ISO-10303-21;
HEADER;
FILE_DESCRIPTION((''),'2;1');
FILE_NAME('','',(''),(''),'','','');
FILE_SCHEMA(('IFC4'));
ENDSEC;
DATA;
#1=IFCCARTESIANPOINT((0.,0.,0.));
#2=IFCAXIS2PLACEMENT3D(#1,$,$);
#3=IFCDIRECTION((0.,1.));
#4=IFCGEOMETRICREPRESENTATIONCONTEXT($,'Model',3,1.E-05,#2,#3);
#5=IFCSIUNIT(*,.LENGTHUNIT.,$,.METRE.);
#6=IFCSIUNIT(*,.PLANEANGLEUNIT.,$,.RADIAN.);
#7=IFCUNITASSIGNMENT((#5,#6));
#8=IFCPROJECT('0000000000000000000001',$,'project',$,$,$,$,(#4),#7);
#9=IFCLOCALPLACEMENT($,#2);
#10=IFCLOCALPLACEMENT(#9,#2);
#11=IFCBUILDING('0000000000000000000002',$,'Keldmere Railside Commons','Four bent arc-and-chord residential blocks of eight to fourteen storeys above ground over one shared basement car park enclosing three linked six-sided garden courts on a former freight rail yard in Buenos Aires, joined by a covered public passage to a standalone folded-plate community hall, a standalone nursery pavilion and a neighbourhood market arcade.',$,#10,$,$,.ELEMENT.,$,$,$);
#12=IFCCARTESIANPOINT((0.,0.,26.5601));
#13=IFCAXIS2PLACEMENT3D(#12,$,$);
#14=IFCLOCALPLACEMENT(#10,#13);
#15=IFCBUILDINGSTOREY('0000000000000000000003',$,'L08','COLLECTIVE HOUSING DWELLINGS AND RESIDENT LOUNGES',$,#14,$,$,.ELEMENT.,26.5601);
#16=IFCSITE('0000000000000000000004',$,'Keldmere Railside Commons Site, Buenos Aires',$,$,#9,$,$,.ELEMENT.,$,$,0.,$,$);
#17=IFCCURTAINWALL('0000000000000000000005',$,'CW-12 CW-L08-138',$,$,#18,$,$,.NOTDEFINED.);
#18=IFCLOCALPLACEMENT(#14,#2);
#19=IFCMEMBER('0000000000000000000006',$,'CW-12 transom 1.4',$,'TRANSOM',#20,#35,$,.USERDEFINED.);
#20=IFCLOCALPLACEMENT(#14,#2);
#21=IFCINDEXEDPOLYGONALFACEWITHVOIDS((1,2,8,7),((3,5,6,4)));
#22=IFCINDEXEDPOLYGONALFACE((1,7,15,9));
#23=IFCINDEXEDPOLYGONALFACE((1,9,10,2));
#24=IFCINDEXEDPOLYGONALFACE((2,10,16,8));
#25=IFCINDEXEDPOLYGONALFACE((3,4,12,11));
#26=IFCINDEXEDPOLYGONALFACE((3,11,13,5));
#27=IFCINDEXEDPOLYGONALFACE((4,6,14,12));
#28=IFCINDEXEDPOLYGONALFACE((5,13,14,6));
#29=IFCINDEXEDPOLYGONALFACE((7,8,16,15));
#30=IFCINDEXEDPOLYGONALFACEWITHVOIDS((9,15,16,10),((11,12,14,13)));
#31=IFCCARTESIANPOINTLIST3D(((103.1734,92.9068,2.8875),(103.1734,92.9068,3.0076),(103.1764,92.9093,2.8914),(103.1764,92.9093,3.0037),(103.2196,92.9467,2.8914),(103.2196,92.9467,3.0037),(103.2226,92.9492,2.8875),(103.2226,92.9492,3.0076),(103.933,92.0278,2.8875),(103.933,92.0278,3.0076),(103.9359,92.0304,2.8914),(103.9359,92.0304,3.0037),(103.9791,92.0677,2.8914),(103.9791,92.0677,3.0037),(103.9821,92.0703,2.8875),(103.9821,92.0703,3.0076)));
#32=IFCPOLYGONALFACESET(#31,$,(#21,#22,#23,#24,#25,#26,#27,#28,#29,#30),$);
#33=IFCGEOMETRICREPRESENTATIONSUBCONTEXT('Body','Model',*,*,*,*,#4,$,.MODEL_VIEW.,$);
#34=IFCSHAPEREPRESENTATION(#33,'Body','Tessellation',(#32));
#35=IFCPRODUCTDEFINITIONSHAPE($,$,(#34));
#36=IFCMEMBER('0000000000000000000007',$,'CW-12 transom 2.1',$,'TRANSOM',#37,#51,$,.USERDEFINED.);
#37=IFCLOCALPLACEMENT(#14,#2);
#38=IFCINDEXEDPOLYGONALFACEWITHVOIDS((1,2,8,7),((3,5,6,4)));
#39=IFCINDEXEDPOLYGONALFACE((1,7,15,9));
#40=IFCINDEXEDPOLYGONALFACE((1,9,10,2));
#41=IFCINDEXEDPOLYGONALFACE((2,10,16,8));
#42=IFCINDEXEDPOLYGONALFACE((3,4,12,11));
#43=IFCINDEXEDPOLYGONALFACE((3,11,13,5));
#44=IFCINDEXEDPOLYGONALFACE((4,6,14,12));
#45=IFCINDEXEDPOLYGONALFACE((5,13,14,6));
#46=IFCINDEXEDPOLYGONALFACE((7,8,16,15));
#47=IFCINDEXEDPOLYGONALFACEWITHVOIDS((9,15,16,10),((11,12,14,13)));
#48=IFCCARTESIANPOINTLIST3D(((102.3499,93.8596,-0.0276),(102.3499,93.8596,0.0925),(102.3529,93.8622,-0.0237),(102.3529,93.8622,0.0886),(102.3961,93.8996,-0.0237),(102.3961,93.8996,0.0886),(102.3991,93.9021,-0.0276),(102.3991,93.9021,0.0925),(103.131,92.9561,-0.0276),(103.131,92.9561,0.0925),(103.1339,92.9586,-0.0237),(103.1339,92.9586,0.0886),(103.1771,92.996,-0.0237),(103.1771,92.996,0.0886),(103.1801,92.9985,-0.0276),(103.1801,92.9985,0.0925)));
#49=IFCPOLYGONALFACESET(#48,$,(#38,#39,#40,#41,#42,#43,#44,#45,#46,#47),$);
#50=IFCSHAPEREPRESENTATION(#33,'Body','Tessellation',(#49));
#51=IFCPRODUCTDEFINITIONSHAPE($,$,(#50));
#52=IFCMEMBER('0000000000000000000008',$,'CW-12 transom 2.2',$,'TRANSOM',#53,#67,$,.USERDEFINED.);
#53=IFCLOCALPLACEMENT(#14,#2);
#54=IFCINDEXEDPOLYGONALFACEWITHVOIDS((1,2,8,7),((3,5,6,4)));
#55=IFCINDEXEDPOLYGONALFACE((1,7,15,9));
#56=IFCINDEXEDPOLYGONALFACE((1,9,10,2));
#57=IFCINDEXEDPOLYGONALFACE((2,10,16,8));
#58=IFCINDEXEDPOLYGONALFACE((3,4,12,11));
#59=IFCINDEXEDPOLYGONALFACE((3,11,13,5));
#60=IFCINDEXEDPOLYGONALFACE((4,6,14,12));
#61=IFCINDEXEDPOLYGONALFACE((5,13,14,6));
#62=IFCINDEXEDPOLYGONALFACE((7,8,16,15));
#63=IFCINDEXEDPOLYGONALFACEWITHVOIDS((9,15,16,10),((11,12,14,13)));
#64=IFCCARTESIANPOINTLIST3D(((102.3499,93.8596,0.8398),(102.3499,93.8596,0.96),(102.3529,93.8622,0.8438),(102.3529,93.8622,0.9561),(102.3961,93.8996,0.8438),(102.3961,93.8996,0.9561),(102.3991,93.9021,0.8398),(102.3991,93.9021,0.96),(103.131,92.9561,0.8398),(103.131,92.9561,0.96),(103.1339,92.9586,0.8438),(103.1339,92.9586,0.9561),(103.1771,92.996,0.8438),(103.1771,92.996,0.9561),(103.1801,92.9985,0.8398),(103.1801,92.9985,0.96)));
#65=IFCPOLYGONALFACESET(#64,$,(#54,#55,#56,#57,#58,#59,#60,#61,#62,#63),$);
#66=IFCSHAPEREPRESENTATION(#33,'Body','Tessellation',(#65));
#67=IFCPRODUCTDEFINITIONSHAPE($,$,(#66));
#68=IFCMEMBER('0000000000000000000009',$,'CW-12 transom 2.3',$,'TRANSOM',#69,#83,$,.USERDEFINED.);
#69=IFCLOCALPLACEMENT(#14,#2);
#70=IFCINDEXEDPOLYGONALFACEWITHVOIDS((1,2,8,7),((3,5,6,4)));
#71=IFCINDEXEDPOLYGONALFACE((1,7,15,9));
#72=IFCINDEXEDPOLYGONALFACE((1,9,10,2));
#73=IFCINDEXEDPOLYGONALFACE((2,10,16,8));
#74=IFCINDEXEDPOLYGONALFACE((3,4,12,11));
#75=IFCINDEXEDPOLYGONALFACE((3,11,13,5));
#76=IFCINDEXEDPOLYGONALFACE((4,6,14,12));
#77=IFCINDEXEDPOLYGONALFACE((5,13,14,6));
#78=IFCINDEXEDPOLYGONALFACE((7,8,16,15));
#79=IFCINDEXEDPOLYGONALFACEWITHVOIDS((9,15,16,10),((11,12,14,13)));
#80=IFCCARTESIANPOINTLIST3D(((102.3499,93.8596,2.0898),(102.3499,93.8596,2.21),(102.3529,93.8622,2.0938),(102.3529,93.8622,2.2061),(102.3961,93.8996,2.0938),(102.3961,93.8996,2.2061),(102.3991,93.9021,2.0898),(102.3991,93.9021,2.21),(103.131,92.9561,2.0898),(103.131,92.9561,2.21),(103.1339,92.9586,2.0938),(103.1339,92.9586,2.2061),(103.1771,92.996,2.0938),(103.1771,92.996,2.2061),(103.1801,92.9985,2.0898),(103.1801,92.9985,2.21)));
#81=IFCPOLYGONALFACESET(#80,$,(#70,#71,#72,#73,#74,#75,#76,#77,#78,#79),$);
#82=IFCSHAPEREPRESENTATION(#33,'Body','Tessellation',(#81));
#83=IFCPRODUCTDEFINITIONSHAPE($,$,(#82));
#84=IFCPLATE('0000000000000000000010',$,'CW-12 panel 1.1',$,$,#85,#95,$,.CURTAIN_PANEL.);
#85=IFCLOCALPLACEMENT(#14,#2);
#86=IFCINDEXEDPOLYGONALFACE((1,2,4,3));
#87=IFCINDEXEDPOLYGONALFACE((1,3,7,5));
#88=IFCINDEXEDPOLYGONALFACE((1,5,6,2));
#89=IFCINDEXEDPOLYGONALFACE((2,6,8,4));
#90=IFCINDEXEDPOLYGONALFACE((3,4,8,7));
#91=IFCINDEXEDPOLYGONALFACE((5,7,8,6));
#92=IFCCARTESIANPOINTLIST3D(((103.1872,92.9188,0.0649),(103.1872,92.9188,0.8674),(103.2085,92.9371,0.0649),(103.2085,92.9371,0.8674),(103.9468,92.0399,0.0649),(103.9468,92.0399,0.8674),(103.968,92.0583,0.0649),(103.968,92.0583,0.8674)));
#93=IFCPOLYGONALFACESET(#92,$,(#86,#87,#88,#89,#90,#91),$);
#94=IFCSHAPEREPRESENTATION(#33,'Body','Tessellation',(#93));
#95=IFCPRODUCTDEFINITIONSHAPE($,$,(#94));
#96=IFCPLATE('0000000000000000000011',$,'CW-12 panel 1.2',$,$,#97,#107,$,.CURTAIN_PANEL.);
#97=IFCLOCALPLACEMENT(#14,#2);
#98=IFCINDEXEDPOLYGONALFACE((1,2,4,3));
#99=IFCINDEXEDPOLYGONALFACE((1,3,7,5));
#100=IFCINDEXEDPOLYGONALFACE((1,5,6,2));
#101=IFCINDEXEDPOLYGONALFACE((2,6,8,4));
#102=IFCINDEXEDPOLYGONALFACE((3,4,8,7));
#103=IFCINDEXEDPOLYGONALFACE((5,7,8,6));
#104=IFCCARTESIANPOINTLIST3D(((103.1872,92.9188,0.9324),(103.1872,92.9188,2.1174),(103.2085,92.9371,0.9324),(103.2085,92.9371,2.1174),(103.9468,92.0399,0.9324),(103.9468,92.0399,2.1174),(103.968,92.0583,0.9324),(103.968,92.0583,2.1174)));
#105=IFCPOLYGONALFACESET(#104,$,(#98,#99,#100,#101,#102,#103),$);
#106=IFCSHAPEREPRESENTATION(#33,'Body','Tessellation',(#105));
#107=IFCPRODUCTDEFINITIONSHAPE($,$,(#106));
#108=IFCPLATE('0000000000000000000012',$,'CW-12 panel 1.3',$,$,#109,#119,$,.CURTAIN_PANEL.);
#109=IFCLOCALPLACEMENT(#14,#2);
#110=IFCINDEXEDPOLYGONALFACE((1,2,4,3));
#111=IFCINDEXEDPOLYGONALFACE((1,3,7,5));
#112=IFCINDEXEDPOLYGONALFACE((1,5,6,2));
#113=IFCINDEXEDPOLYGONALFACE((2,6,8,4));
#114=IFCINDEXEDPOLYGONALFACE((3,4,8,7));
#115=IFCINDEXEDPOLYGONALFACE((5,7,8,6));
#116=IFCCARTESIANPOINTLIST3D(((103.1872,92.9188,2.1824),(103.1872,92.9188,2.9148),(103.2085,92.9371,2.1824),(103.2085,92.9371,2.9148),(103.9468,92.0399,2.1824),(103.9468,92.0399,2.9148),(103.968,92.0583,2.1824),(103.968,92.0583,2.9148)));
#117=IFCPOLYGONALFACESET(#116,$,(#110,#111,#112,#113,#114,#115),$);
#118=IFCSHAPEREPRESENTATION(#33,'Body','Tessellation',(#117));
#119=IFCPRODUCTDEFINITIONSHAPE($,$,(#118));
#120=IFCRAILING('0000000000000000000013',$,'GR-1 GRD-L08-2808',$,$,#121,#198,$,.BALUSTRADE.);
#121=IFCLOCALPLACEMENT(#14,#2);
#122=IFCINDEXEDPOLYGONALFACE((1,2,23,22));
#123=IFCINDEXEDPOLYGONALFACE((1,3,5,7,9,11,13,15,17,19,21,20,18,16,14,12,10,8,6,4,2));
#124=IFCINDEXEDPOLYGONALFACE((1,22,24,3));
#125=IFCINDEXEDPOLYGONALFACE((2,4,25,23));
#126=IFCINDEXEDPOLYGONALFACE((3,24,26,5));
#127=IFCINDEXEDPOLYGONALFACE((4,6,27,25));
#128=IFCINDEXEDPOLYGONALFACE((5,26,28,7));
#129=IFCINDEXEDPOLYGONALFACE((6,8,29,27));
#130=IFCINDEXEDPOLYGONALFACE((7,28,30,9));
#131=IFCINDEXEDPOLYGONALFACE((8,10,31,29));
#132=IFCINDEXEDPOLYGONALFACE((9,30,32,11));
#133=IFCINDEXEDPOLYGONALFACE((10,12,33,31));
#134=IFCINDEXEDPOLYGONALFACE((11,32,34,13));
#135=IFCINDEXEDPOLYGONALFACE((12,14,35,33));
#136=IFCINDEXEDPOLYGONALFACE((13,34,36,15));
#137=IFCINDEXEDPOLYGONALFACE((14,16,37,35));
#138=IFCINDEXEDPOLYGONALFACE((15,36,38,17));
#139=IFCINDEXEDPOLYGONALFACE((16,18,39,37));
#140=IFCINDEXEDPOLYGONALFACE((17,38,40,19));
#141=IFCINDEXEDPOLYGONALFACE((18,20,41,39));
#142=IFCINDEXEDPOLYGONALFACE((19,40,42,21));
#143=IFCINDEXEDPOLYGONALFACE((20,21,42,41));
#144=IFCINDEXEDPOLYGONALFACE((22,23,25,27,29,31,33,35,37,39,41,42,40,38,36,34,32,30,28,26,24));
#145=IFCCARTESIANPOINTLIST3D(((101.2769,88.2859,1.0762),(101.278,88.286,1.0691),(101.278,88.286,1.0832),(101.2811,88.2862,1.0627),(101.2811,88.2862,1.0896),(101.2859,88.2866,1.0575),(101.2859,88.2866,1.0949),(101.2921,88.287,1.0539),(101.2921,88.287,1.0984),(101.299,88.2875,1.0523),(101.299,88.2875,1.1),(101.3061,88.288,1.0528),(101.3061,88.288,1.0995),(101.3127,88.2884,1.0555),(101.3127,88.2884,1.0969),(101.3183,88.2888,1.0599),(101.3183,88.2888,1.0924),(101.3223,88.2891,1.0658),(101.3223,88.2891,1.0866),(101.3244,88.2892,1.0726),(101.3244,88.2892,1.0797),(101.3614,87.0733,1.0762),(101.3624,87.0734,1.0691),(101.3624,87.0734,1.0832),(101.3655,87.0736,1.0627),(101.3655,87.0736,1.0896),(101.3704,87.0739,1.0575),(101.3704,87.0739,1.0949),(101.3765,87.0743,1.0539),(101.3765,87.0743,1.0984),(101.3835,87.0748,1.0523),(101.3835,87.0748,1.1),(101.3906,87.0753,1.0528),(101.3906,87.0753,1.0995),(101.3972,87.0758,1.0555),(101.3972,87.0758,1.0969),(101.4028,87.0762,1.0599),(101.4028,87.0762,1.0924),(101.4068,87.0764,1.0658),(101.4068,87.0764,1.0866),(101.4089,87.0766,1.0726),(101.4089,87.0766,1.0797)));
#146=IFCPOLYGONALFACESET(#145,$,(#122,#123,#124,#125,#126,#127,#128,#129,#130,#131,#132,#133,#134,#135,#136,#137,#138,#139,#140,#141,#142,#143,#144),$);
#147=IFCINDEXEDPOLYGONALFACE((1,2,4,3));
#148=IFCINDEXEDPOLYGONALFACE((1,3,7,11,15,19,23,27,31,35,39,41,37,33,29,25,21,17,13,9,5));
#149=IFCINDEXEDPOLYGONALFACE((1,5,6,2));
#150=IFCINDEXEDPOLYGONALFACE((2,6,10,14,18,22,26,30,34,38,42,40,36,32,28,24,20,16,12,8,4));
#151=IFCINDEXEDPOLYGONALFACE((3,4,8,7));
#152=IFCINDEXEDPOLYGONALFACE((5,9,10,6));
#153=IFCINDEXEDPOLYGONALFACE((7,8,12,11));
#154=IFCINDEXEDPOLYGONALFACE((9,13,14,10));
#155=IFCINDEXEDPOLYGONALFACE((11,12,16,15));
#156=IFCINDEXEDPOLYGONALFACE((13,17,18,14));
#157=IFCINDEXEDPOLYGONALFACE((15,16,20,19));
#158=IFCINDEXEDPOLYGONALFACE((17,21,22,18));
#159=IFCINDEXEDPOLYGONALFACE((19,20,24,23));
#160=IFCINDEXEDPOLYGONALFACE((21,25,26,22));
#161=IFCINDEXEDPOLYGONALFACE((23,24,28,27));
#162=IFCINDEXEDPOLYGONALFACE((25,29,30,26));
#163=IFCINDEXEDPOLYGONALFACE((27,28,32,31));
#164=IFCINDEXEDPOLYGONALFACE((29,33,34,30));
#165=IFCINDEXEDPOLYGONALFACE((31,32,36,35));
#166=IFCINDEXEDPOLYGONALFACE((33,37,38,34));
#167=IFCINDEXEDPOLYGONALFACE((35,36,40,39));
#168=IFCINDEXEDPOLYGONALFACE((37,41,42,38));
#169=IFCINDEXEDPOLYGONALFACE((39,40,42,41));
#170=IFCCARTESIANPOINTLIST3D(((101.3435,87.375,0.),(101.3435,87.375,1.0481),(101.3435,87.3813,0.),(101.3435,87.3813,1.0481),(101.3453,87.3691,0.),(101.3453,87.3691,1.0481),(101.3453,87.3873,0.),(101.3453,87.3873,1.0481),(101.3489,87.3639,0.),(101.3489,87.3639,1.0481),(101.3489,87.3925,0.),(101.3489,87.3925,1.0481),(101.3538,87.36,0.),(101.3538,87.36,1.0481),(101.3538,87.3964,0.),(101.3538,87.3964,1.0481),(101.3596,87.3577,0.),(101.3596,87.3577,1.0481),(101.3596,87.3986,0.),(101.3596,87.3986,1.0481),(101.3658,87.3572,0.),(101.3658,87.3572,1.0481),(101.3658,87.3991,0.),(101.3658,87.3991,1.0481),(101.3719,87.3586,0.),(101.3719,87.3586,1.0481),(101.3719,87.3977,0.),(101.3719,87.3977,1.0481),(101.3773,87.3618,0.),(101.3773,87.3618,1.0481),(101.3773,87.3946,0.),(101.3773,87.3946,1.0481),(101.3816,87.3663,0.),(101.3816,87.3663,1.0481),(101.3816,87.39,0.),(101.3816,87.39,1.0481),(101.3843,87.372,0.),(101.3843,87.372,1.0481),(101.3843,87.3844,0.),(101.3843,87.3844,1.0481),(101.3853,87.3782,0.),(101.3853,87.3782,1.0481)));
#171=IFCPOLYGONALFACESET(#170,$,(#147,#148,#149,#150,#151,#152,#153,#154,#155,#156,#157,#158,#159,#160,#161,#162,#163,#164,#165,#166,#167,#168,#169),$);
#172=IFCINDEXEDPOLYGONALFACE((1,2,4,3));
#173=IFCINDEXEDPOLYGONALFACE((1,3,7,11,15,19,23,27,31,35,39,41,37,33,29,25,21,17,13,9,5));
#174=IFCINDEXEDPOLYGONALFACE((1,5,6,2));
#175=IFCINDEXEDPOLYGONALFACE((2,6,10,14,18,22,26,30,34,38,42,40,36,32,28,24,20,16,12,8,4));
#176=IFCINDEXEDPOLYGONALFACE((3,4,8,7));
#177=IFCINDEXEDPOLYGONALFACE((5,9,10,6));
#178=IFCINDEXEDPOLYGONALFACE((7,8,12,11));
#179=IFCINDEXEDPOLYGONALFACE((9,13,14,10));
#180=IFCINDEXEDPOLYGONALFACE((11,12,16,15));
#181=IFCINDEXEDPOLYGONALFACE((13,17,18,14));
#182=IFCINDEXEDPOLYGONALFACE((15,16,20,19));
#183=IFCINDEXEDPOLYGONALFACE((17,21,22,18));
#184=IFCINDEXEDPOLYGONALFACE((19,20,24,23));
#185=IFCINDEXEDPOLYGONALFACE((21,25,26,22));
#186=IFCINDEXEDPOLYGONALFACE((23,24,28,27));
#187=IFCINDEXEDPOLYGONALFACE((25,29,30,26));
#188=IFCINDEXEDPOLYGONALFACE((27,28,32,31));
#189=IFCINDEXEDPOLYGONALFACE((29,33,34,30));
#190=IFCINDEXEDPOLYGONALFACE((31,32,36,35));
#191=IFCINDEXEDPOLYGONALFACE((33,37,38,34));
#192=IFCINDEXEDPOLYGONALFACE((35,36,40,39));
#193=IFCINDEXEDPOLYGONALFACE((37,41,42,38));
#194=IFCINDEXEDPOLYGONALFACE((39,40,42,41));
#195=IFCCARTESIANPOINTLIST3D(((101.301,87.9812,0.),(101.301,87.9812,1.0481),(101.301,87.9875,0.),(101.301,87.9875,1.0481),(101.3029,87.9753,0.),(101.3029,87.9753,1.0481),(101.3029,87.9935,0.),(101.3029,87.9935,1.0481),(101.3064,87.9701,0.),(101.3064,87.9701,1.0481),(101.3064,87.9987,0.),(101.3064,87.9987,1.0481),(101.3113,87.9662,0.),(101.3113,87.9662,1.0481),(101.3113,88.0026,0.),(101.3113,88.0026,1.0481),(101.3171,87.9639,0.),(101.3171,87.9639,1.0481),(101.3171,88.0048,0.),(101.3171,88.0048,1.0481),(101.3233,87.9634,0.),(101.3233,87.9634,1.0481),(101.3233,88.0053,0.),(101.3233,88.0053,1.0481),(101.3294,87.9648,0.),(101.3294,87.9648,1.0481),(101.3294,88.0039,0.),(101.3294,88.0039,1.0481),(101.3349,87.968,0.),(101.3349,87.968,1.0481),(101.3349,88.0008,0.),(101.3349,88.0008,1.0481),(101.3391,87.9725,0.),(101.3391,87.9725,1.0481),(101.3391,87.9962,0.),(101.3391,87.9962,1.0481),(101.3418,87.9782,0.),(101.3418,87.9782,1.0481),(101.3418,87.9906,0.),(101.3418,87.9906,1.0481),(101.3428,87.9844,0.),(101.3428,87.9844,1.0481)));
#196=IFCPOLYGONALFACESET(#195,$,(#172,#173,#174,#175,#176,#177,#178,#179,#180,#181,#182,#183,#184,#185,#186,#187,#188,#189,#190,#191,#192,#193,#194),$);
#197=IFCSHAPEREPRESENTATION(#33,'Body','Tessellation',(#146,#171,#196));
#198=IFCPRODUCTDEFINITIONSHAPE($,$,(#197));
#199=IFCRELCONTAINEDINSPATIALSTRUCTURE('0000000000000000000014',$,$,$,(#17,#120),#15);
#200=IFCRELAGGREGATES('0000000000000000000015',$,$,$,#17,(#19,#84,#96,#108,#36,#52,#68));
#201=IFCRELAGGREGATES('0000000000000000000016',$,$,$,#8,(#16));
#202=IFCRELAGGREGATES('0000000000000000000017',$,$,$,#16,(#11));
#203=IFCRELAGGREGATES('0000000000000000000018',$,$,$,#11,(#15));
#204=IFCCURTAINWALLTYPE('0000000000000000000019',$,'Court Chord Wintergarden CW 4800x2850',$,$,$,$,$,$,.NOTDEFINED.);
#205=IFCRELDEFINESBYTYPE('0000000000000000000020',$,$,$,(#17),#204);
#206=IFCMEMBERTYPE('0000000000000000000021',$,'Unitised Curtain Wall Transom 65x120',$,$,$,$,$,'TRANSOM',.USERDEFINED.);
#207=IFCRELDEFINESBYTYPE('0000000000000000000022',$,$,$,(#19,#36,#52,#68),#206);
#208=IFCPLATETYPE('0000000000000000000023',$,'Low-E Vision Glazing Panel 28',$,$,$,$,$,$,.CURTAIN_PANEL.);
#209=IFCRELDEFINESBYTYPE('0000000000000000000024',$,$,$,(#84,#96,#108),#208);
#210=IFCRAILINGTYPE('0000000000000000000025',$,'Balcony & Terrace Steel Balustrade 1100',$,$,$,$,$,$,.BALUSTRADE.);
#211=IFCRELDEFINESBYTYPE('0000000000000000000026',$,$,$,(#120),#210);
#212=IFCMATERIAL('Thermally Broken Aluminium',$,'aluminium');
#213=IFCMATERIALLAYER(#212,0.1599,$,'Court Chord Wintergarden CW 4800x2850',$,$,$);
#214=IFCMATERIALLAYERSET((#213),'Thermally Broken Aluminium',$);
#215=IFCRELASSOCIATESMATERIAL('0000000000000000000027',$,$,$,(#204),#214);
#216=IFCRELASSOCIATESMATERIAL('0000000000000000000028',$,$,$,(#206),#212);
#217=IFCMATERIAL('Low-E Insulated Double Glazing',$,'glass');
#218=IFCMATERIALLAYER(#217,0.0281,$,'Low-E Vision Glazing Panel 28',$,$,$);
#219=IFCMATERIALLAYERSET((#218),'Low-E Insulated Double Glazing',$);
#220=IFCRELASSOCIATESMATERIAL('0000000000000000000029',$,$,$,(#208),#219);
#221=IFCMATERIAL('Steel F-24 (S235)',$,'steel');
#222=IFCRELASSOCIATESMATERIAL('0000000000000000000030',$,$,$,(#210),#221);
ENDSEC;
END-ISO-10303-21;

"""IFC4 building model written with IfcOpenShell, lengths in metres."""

from ifc_helpers import new_model, si_unit, direction, frame, origin, origin_2d, place, context, subcontext, project, spatial, rectangle, hollow_rectangle, circle, extrude, material, layer, layer_set, material_profile, profile_set, type_object, element, aggregate, save


model = new_model("IFC4")

# Units and contexts
model_context = context("Model", 3, precision=1e-05, world=origin(), true_north=direction((0.0, 1.0)))
body_context = subcontext(model_context, "Body", "Model", "MODEL_VIEW")
ifc_project = project(units=[si_unit("LENGTHUNIT", "METRE"), si_unit("PLANEANGLEUNIT", "RADIAN")], contexts=[model_context])

# Site, building, storey
site_placement = place(None, origin())
site = spatial("IfcSite", under=ifc_project, at=site_placement, Name="Keldmere Railside Commons Site, Buenos Aires", CompositionType="ELEMENT", RefElevation=0.0)
building_placement = place(site_placement, origin())
building = spatial("IfcBuilding", under=site, at=building_placement, Name="Keldmere Railside Commons", Description="Four bent arc-and-chord residential blocks of eight to fourteen storeys above ground over one shared basement car park enclosing three linked six-sided garden courts on a former freight rail yard in Buenos Aires, joined by a covered public passage to a standalone folded-plate community hall, a standalone nursery pavilion and a neighbourhood market arcade.", CompositionType="ELEMENT")
storey_placement = place(building_placement, frame((0.0, 0.0, 26.5601)))
storey = spatial("IfcBuildingStorey", under=building, at=storey_placement, Name="L08", Description="COLLECTIVE HOUSING DWELLINGS AND RESIDENT LOUNGES", CompositionType="ELEMENT", Elevation=26.5601)

# Curtain wall, members, plates
ifc_material_1 = material(Name="Thermally Broken Aluminium", Category="aluminium")
ifc_layer_1 = layer(ifc_material_1, 0.1599, Name="Court Chord Wintergarden CW 4800x2850")
ifc_layer_set_1 = layer_set([ifc_layer_1], Name="Thermally Broken Aluminium")
curtain_wall_type = type_object("IfcCurtainWallType", Name="Court Chord Wintergarden CW 4800x2850", PredefinedType="NOTDEFINED", material=ifc_layer_set_1)
curtain_wall_placement = place(storey_placement, origin())
curtain_wall = element("IfcCurtainWall", 1, at=curtain_wall_placement, inside=storey, type_object=curtain_wall_type, Name="CW-12 CW-L08-138", PredefinedType="NOTDEFINED")
ifc_material_profile_1 = material_profile(ifc_material_1, hollow_rectangle(XDim=0.0649, YDim=0.1201, WallThickness=0.0039, at=origin_2d()), Name="ALU-TRAN-65x120")
ifc_profile_set_1 = profile_set([ifc_material_profile_1], Name="Thermally Broken Aluminium")
member_type_1 = type_object("IfcMemberType", Name="Unitised Curtain Wall Transom 65x120", ElementType="TRANSOM", PredefinedType="USERDEFINED", material=ifc_profile_set_1)
member_1_placement = place(storey_placement, frame((103.9575, 92.0491, 2.9475), z_axis=(-0.65385, 0.756624, 0.0), x_axis=(-0.756624, -0.65385, 0.0)))
member_1 = element("IfcMember", 2, at=member_1_placement, type_object=member_type_1, Name="CW-12 transom 1.4", ObjectType="TRANSOM", PredefinedType="USERDEFINED", context=body_context, shape_type="SweptSolid", body=[
    extrude(hollow_rectangle(XDim=0.0649, YDim=0.1201, WallThickness=0.0039, at=origin_2d()), origin(), (0.0, 0.0, 1.0), 1.1616),
])
member_2_placement = place(storey_placement, frame((103.1555, 92.9773, 0.0325), z_axis=(-0.653934, 0.756552, 0.0), x_axis=(-0.756552, -0.653934, 0.0)))
member_2 = element("IfcMember", 3, at=member_2_placement, type_object=member_type_1, Name="CW-12 transom 2.1", ObjectType="TRANSOM", PredefinedType="USERDEFINED", context=body_context, shape_type="SweptSolid", body=[
    extrude(hollow_rectangle(XDim=0.0649, YDim=0.1201, WallThickness=0.0039, at=origin_2d()), origin(), (0.0, 0.0, 1.0), 1.1943),
])
member_3_placement = place(storey_placement, frame((103.1555, 92.9773, 0.8999), z_axis=(-0.653934, 0.756552, 0.0), x_axis=(-0.756552, -0.653934, 0.0)))
member_3 = element("IfcMember", 4, at=member_3_placement, type_object=member_type_1, Name="CW-12 transom 2.2", ObjectType="TRANSOM", PredefinedType="USERDEFINED", context=body_context, shape_type="SweptSolid", body=[
    extrude(hollow_rectangle(XDim=0.0649, YDim=0.1201, WallThickness=0.0039, at=origin_2d()), origin(), (0.0, 0.0, 1.0), 1.1943),
])
member_4_placement = place(storey_placement, frame((103.1555, 92.9773, 2.1499), z_axis=(-0.653934, 0.756552, 0.0), x_axis=(-0.756552, -0.653934, 0.0)))
member_4 = element("IfcMember", 5, at=member_4_placement, type_object=member_type_1, Name="CW-12 transom 2.3", ObjectType="TRANSOM", PredefinedType="USERDEFINED", context=body_context, shape_type="SweptSolid", body=[
    extrude(hollow_rectangle(XDim=0.0649, YDim=0.1201, WallThickness=0.0039, at=origin_2d()), origin(), (0.0, 0.0, 1.0), 1.1943),
])
ifc_material_2 = material(Name="Low-E Insulated Double Glazing", Category="glass")
ifc_layer_2 = layer(ifc_material_2, 0.0281, Name="Low-E Vision Glazing Panel 28")
ifc_layer_set_2 = layer_set([ifc_layer_2], Name="Low-E Insulated Double Glazing")
plate_type = type_object("IfcPlateType", Name="Low-E Vision Glazing Panel 28", PredefinedType="CURTAIN_PANEL", material=ifc_layer_set_2)
plate_1_placement = place(storey_placement, frame((103.5776, 92.4885, 0.0649), z_axis=(0.0, 0.0, 1.0), x_axis=(-0.653882, 0.756597, 0.0)))
plate_1 = element("IfcPlate", 6, at=plate_1_placement, type_object=plate_type, Name="CW-12 panel 1.1", PredefinedType="CURTAIN_PANEL", context=body_context, shape_type="SweptSolid", body=[
    extrude(rectangle(XDim=1.1616, YDim=0.0281, at=origin_2d()), origin(), (0.0, 0.0, 1.0), 0.8025),
])
plate_2_placement = place(storey_placement, frame((103.5776, 92.4885, 0.9324), z_axis=(0.0, 0.0, 1.0), x_axis=(-0.653882, 0.756597, 0.0)))
plate_2 = element("IfcPlate", 7, at=plate_2_placement, type_object=plate_type, Name="CW-12 panel 1.2", PredefinedType="CURTAIN_PANEL", context=body_context, shape_type="SweptSolid", body=[
    extrude(rectangle(XDim=1.1616, YDim=0.0281, at=origin_2d()), origin(), (0.0, 0.0, 1.0), 1.1851),
])
plate_3_placement = place(storey_placement, frame((103.5776, 92.4885, 2.1824), z_axis=(0.0, 0.0, 1.0), x_axis=(-0.653882, 0.756597, 0.0)))
plate_3 = element("IfcPlate", 8, at=plate_3_placement, type_object=plate_type, Name="CW-12 panel 1.3", PredefinedType="CURTAIN_PANEL", context=body_context, shape_type="SweptSolid", body=[
    extrude(rectangle(XDim=1.1616, YDim=0.0281, at=origin_2d()), origin(), (0.0, 0.0, 1.0), 0.7324),
])
aggregate(curtain_wall, [member_1, plate_1, plate_2, plate_3, member_2, member_3, member_4])

# Railing
ifc_material_3 = material(Name="Steel F-24 (S235)", Category="steel")
railing_type = type_object("IfcRailingType", Name="Balcony & Terrace Steel Balustrade 1100", PredefinedType="BALUSTRADE", material=ifc_material_3)
railing_1_placement = place(storey_placement, frame((101.3853, 87.075, 0.0)))
element("IfcRailing", 9, at=railing_1_placement, inside=storey, type_object=railing_type, Name="GR-1 GRD-L08-2808", PredefinedType="BALUSTRADE", context=body_context, shape_type="SweptSolid", body=[
    extrude(circle(Radius=0.0239, at=origin_2d()), frame((0.0, 0.0, 1.0762), z_axis=(-0.069491, 0.997583, 0.0), x_axis=(-0.997583, -0.069491, 0.0)), (0.0, 0.0, 1.0), 1.2156),
    extrude(circle(Radius=0.021, at=origin_2d()), frame((-0.021, 0.3032, 0.0)), (0.0, 0.0, 1.0), 1.0481),
    extrude(circle(Radius=0.021, at=origin_2d()), frame((-0.0635, 0.9094, 0.0)), (0.0, 0.0, 1.0), 1.0481),
])

save(model, "model.ifc")
